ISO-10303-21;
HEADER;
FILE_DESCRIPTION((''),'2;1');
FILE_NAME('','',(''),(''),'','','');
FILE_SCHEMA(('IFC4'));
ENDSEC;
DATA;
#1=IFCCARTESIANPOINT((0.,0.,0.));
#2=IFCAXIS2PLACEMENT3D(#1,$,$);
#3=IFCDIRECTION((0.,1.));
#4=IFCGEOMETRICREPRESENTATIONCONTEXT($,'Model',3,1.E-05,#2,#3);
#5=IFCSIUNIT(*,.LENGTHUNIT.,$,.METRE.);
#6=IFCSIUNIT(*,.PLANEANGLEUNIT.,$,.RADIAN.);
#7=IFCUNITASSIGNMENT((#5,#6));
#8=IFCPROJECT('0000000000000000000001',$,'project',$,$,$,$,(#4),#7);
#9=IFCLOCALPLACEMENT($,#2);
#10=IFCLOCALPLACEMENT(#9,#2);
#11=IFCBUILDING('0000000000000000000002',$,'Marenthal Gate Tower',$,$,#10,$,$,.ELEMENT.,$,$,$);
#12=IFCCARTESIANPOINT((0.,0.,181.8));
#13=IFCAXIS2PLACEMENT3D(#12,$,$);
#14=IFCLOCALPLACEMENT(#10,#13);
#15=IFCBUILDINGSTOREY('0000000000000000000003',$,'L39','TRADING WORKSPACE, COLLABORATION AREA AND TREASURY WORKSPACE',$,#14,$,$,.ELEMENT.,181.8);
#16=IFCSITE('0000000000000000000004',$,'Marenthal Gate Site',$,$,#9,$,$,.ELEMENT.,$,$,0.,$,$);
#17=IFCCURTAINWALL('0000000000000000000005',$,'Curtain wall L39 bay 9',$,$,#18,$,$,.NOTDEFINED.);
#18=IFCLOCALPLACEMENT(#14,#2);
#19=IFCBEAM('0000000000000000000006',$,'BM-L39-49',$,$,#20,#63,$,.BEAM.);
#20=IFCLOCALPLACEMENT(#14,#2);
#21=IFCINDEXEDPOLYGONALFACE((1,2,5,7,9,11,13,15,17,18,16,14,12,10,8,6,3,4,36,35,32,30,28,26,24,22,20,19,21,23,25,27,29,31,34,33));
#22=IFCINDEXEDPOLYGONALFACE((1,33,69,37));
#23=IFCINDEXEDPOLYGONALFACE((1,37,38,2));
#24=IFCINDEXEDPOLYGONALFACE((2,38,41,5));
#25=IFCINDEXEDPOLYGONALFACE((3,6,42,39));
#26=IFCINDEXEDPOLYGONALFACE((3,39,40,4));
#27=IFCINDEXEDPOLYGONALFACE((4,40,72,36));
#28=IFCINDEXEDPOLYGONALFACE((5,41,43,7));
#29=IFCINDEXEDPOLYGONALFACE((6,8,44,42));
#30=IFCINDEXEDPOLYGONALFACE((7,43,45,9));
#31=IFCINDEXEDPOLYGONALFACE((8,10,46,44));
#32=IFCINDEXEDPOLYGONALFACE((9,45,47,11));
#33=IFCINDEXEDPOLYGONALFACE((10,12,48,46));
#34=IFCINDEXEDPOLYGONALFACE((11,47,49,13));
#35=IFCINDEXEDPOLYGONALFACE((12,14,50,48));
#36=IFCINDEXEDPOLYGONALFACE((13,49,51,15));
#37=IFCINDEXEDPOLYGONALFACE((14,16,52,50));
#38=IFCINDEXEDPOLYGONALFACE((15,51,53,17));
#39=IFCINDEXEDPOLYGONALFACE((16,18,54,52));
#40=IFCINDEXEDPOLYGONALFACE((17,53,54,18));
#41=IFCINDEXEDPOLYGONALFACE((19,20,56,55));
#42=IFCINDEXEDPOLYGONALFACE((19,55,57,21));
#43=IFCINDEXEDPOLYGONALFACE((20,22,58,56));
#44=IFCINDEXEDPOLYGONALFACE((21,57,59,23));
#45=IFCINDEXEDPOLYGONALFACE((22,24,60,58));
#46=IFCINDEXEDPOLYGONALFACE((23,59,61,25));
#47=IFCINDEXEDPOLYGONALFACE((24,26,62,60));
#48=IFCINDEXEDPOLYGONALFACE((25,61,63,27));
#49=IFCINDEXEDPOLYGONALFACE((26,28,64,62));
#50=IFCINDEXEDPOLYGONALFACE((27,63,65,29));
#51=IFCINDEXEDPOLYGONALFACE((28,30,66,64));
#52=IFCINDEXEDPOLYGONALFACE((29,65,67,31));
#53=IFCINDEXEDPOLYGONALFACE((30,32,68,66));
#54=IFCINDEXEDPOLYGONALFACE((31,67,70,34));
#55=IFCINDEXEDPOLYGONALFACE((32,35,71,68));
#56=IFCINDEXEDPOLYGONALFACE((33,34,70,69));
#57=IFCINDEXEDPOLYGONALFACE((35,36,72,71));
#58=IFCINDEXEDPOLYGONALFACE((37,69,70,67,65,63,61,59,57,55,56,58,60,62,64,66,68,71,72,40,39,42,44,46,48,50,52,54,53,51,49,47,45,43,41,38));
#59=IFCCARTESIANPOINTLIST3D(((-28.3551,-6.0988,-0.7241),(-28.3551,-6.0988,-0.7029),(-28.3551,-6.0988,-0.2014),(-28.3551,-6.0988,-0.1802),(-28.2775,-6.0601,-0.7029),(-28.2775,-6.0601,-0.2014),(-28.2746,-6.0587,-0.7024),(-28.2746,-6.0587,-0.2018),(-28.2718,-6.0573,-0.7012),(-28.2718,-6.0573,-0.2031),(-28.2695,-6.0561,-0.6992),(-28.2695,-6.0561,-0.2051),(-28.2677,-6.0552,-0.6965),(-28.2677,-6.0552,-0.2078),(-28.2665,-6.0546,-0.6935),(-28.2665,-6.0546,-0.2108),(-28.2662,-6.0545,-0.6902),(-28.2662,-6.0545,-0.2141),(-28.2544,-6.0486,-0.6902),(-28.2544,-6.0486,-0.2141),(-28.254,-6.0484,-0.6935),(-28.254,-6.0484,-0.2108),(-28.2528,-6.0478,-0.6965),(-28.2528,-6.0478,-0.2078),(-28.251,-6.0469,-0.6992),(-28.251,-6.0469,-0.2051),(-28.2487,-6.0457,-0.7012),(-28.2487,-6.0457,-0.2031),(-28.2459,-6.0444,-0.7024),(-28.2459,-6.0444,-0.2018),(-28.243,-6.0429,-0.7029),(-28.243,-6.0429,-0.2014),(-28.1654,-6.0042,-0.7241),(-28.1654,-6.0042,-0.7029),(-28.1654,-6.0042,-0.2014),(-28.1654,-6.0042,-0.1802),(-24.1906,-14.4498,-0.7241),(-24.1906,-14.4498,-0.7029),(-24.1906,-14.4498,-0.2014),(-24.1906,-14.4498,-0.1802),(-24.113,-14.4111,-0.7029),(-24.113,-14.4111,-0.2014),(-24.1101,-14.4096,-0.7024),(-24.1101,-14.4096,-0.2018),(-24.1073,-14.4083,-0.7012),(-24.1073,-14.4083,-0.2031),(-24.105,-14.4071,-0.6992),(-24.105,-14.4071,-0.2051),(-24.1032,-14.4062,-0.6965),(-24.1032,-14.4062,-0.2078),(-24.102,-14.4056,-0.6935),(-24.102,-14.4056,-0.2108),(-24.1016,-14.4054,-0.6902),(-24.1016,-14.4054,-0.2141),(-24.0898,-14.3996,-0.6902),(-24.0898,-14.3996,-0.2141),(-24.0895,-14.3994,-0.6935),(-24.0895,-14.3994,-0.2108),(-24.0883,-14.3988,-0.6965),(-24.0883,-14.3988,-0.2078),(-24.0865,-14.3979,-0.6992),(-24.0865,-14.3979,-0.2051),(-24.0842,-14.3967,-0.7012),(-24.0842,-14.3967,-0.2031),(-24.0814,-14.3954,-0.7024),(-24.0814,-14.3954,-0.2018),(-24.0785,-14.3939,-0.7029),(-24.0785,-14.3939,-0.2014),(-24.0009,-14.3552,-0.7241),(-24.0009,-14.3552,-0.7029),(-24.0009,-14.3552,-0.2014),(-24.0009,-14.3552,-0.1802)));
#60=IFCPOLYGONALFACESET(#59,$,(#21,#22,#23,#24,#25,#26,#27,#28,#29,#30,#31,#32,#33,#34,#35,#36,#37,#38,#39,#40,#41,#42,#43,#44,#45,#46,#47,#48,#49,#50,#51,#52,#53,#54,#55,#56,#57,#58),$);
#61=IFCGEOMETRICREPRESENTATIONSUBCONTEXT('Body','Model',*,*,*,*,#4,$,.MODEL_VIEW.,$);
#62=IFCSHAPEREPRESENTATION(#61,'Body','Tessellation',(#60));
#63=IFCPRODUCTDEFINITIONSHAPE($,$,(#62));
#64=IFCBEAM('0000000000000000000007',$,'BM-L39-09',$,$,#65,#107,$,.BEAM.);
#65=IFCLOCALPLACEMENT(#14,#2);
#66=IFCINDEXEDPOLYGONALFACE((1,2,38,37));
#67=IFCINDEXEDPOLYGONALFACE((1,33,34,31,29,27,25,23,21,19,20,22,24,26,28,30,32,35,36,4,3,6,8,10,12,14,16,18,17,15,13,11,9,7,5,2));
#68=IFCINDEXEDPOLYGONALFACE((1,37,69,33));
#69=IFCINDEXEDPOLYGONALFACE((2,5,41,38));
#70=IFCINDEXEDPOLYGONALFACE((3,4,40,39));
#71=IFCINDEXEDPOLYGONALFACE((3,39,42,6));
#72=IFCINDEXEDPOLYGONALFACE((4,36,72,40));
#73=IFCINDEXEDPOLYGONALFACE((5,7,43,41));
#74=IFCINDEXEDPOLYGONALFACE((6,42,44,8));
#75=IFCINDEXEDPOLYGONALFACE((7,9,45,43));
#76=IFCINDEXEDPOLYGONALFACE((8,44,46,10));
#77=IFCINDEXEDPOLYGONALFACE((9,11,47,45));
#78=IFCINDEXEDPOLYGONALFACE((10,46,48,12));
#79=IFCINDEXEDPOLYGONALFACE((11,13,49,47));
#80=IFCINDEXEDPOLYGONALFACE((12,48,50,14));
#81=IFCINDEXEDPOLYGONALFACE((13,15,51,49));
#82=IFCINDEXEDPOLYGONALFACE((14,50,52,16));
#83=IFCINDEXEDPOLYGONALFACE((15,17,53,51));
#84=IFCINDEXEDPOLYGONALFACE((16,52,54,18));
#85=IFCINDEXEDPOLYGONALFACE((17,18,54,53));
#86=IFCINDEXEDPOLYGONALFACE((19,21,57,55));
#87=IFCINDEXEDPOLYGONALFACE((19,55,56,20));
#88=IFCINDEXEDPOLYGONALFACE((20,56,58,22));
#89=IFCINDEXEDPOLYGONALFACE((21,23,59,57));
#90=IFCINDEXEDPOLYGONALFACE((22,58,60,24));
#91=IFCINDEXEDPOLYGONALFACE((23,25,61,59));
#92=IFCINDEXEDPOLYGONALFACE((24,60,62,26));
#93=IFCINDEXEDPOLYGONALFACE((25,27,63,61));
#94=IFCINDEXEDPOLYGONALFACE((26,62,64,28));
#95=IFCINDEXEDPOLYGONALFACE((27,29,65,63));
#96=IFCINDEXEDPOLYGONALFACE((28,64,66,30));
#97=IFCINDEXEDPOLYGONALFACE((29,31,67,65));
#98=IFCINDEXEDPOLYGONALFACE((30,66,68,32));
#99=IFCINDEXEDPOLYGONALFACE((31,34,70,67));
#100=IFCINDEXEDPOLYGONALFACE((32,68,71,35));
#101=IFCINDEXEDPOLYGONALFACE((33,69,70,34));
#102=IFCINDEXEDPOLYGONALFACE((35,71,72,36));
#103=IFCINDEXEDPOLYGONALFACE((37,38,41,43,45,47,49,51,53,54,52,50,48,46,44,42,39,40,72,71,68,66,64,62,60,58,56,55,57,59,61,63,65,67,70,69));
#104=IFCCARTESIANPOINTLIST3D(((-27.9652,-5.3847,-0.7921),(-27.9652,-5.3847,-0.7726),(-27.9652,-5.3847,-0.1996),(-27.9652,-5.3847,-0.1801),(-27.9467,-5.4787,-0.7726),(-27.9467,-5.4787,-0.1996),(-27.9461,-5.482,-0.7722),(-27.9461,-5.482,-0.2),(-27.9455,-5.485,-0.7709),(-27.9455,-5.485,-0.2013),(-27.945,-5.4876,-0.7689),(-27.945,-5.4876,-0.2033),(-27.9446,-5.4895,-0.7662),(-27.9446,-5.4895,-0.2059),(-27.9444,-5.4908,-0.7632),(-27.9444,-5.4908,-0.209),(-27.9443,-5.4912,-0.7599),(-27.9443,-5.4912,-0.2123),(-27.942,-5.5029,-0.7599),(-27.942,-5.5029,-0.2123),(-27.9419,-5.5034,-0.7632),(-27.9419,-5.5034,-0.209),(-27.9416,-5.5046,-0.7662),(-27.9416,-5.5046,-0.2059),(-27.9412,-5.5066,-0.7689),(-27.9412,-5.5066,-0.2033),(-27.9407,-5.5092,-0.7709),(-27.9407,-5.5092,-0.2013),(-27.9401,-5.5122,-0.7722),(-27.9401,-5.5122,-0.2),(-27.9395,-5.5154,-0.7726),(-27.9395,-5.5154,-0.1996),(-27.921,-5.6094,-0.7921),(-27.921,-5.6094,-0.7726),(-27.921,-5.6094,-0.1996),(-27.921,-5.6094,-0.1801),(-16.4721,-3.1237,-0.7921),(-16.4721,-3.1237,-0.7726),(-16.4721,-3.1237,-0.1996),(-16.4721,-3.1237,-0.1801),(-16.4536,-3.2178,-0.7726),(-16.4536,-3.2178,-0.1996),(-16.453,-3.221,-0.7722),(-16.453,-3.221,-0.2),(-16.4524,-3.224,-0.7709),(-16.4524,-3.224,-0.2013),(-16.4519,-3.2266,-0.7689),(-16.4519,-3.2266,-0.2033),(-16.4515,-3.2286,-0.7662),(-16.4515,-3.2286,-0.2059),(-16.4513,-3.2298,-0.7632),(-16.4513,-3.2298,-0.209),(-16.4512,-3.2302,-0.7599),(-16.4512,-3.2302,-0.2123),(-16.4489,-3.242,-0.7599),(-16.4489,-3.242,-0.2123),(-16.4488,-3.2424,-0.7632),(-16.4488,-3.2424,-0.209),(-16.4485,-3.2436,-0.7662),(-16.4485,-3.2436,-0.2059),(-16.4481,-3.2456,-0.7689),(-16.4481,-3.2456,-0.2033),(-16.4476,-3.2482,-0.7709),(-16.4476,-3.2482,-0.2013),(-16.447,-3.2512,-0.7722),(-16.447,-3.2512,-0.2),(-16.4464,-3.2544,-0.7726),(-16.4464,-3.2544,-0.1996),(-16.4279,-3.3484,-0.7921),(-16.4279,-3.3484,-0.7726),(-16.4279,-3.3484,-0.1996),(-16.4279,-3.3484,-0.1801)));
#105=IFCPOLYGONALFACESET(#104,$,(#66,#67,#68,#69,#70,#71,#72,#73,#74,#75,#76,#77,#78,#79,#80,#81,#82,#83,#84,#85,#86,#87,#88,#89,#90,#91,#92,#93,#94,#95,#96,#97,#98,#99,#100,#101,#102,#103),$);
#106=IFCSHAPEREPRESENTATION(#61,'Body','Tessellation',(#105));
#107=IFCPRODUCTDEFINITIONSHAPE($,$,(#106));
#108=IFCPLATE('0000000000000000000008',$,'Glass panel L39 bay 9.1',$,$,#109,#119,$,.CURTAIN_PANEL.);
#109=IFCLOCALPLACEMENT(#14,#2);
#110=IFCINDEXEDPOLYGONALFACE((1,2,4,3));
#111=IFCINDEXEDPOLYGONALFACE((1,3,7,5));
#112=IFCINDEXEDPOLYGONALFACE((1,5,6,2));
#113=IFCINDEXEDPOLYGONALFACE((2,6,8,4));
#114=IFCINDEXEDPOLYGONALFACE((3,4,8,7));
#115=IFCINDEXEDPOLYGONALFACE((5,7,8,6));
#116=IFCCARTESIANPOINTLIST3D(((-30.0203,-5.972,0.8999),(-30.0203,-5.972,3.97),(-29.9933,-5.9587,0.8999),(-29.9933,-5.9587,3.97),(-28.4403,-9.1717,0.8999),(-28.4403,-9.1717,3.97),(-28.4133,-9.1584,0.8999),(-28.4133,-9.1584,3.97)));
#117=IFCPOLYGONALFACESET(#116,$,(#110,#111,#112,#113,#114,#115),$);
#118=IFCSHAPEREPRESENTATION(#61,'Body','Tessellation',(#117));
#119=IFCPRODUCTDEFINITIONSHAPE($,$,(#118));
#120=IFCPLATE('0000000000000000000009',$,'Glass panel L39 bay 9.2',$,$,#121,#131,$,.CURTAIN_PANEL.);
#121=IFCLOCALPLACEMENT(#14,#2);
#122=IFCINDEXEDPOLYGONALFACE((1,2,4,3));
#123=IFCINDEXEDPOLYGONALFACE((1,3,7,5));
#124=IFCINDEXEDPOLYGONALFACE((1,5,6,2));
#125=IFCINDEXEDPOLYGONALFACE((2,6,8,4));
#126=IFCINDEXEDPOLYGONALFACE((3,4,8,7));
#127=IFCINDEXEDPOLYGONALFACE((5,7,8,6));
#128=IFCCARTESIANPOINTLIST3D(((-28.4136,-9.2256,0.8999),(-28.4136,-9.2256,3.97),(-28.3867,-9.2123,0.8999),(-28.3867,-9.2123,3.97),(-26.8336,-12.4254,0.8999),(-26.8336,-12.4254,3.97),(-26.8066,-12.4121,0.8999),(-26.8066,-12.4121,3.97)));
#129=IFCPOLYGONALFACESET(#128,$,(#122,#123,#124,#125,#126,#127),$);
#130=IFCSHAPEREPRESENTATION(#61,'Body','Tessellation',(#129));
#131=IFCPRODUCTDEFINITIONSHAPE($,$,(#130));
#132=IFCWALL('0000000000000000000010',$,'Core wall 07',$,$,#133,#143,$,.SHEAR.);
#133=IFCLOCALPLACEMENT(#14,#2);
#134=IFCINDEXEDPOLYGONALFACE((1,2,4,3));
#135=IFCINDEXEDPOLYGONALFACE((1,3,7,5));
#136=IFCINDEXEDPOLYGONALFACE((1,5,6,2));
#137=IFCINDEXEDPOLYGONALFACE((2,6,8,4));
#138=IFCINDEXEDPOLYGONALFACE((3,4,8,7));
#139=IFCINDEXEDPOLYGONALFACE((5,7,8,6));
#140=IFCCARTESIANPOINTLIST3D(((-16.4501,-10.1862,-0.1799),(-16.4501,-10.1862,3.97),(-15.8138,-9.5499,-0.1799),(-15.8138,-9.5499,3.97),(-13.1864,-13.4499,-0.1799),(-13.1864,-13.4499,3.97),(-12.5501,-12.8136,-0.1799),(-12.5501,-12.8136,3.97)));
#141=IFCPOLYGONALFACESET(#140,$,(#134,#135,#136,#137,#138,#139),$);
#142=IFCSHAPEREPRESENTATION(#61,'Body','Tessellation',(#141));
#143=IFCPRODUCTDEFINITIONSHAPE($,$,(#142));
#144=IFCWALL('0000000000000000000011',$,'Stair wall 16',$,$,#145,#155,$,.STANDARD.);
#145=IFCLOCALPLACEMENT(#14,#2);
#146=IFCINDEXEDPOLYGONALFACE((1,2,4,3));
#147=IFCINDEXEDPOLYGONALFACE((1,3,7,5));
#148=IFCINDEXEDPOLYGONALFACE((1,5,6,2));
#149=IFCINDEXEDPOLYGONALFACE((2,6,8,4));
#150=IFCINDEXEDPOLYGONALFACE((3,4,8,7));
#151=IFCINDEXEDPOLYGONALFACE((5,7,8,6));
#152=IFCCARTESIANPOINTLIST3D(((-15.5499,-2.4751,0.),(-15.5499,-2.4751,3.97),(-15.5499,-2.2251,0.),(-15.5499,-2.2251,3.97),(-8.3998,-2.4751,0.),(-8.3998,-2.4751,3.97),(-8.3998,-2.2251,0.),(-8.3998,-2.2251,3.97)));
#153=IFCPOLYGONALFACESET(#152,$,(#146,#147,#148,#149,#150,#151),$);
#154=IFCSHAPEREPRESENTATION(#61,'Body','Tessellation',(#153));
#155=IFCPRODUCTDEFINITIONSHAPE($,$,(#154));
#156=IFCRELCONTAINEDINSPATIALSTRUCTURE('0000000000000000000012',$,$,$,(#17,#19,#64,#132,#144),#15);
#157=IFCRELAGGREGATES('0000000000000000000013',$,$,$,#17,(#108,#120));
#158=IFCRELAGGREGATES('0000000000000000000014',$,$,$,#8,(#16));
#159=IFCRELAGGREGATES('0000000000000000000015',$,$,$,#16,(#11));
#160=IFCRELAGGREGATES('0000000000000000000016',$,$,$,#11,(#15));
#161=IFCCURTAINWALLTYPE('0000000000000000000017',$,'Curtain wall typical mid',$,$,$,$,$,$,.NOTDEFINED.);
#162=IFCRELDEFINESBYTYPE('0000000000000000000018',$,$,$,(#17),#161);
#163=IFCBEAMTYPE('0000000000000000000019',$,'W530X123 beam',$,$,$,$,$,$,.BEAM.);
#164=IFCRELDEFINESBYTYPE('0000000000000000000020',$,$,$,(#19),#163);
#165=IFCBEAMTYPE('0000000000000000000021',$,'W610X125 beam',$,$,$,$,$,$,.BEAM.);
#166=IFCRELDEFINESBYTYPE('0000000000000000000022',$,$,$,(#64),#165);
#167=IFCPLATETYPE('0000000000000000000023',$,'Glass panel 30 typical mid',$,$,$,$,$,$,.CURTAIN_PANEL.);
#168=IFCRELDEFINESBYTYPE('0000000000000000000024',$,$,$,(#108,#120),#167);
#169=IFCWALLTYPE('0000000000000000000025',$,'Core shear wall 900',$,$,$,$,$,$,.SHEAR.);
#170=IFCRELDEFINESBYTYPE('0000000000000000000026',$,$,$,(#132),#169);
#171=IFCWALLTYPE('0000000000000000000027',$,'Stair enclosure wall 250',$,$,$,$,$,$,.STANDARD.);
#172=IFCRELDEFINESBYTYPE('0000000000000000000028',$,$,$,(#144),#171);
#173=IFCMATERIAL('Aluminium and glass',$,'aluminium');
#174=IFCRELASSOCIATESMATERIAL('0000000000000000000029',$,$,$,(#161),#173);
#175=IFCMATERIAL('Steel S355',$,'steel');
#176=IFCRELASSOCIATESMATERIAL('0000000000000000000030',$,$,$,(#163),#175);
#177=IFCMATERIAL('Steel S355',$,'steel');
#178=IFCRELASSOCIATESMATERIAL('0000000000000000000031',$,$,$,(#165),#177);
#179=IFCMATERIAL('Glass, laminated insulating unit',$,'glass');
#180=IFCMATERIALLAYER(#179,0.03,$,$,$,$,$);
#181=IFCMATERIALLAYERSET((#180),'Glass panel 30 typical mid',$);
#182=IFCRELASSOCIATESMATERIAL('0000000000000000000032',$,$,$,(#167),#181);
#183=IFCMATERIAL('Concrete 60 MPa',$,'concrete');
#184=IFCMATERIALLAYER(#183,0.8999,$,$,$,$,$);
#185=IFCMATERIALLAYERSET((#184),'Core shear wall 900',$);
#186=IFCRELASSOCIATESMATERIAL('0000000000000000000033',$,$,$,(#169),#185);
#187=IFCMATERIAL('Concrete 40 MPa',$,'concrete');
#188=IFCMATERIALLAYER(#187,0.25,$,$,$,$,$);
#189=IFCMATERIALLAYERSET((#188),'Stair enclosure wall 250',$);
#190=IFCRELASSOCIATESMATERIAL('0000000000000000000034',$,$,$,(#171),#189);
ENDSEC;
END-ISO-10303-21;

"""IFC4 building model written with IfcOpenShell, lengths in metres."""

from ifc_helpers import new_model, si_unit, direction, frame, frame_2d, origin, origin_2d, place, context, subcontext, project, spatial, rectangle, i_section, extrude, material, layer, layer_set, material_profile, profile_set, type_object, element, aggregate, save


model = new_model("IFC4")

# Units and contexts
model_context = context("Model", 3, precision=1e-05, world=origin(), true_north=direction((0.0, 1.0)))
body_context = subcontext(model_context, "Body", "Model", "MODEL_VIEW")
ifc_project = project(units=[si_unit("LENGTHUNIT", "METRE"), si_unit("PLANEANGLEUNIT", "RADIAN")], contexts=[model_context])

# Site, building, storey
site_placement = place(None, origin())
site = spatial("IfcSite", under=ifc_project, at=site_placement, Name="Marenthal Gate Site", CompositionType="ELEMENT", RefElevation=0.0)
building_placement = place(site_placement, origin())
building = spatial("IfcBuilding", under=site, at=building_placement, Name="Marenthal Gate Tower", CompositionType="ELEMENT")
storey_placement = place(building_placement, frame((0.0, 0.0, 181.8)))
storey = spatial("IfcBuildingStorey", under=building, at=storey_placement, Name="L39", Description="TRADING WORKSPACE, COLLABORATION AREA AND TREASURY WORKSPACE", CompositionType="ELEMENT", Elevation=181.8)

# Curtain wall
ifc_material_1 = material(Name="Aluminium and glass", Category="aluminium")
curtain_wall_type = type_object("IfcCurtainWallType", Name="Curtain wall typical mid", PredefinedType="NOTDEFINED", material=ifc_material_1)
curtain_wall_placement = place(storey_placement, origin())
curtain_wall = element("IfcCurtainWall", 1, at=curtain_wall_placement, inside=storey, type_object=curtain_wall_type, Name="Curtain wall L39 bay 9", PredefinedType="NOTDEFINED")

# Beams
ifc_material_2 = material(Name="Steel S355", Category="steel")
ifc_material_profile_1 = material_profile(ifc_material_2, i_section(OverallWidth=0.2119, OverallDepth=0.5439, WebThickness=0.0132, FlangeThickness=0.0212, FilletRadius=0.0127, at=origin_2d()), Name="W530X123")
ifc_profile_set_1 = profile_set([ifc_material_profile_1], Name="Steel S355")
beam_type_1 = type_object("IfcBeamType", Name="W530X123 beam", PredefinedType="BEAM", material=ifc_profile_set_1)
beam_1_placement = place(storey_placement, frame((-28.2603, -6.0515, -0.4521), z_axis=(0.446272, -0.894898, 0.0), x_axis=(0.894898, 0.446272, 0.0)))
element("IfcBeam", 2, at=beam_1_placement, inside=storey, type_object=beam_type_1, Name="BM-L39-49", PredefinedType="BEAM", context=body_context, shape_type="SweptSolid", body=[
    extrude(i_section(OverallWidth=0.2119, OverallDepth=0.5439, WebThickness=0.0132, FlangeThickness=0.0212, FilletRadius=0.0127, at=origin_2d()), origin(), (0.0, 0.0, 1.0), 9.3318),
])
ifc_material_3 = material(Name="Steel S355", Category="steel")
ifc_material_profile_2 = material_profile(ifc_material_3, i_section(OverallWidth=0.229, OverallDepth=0.6121, WebThickness=0.012, FlangeThickness=0.0195, FilletRadius=0.0127, at=origin_2d()), Name="W610X125")
ifc_profile_set_2 = profile_set([ifc_material_profile_2], Name="Steel S355")
beam_type_2 = type_object("IfcBeamType", Name="W610X125 beam", PredefinedType="BEAM", material=ifc_profile_set_2)
beam_2_placement = place(storey_placement, frame((-27.9431, -5.4971, -0.4861), z_axis=(0.981194, 0.193025, 0.0), x_axis=(-0.193025, 0.981194, 0.0)))
element("IfcBeam", 3, at=beam_2_placement, inside=storey, type_object=beam_type_2, Name="BM-L39-09", PredefinedType="BEAM", context=body_context, shape_type="SweptSolid", body=[
    extrude(i_section(OverallWidth=0.229, OverallDepth=0.6121, WebThickness=0.012, FlangeThickness=0.0195, FilletRadius=0.0127, at=origin_2d()), origin(), (0.0, 0.0, 1.0), 11.7134),
])

# Plates
ifc_material_4 = material(Name="Glass, laminated insulating unit", Category="glass")
ifc_layer_1 = layer(ifc_material_4, 0.03)
ifc_layer_set_1 = layer_set([ifc_layer_1], Name="Glass panel 30 typical mid")
plate_type = type_object("IfcPlateType", Name="Glass panel 30 typical mid", PredefinedType="CURTAIN_PANEL", material=ifc_layer_set_1)
plate_1_placement = place(storey_placement, frame((-29.2168, -7.5652, 0.8999), z_axis=(0.0, 0.0, 1.0), x_axis=(0.442753, -0.896643, 0.0)))
plate_1 = element("IfcPlate", 4, at=plate_1_placement, type_object=plate_type, Name="Glass panel L39 bay 9.1", PredefinedType="CURTAIN_PANEL", context=body_context, shape_type="SweptSolid", body=[
    extrude(rectangle(XDim=3.5686, YDim=0.03, at=origin_2d()), origin(), (0.0, 0.0, 1.0), 3.0701),
])
plate_2_placement = place(storey_placement, frame((-27.6101, -10.8188, 0.8999), z_axis=(0.0, 0.0, 1.0), x_axis=(0.442753, -0.896643, 0.0)))
plate_2 = element("IfcPlate", 5, at=plate_2_placement, type_object=plate_type, Name="Glass panel L39 bay 9.2", PredefinedType="CURTAIN_PANEL", context=body_context, shape_type="SweptSolid", body=[
    extrude(rectangle(XDim=3.5686, YDim=0.03, at=origin_2d()), origin(), (0.0, 0.0, 1.0), 3.0701),
])
aggregate(curtain_wall, [plate_1, plate_2])

# Walls
ifc_material_5 = material(Name="Concrete 60 MPa", Category="concrete")
ifc_layer_2 = layer(ifc_material_5, 0.8999)
ifc_layer_set_2 = layer_set([ifc_layer_2], Name="Core shear wall 900")
wall_type_1 = type_object("IfcWallType", Name="Core shear wall 900", PredefinedType="SHEAR", material=ifc_layer_set_2)
wall_1_placement = place(storey_placement, frame((-16.1318, -9.8682, -0.1799), z_axis=(0.0, 0.0, 1.0), x_axis=(0.707107, -0.707107, 0.0)))
element("IfcWall", 6, at=wall_1_placement, inside=storey, type_object=wall_type_1, Name="Core wall 07", PredefinedType="SHEAR", context=body_context, shape_type="SweptSolid", body=[
    extrude(rectangle(XDim=4.6155, YDim=0.8999, at=frame_2d((2.3076, 0.0))), origin(), (0.0, 0.0, 1.0), 4.1499),
])
ifc_material_6 = material(Name="Concrete 40 MPa", Category="concrete")
ifc_layer_3 = layer(ifc_material_6, 0.25)
ifc_layer_set_3 = layer_set([ifc_layer_3], Name="Stair enclosure wall 250")
wall_type_2 = type_object("IfcWallType", Name="Stair enclosure wall 250", PredefinedType="STANDARD", material=ifc_layer_set_3)
wall_2_placement = place(storey_placement, frame((-15.55, -2.3501, 0.0), z_axis=(0.0, 0.0, 1.0), x_axis=(1.0, 0.0, 0.0)))
element("IfcWall", 7, at=wall_2_placement, inside=storey, type_object=wall_type_2, Name="Stair wall 16", PredefinedType="STANDARD", context=body_context, shape_type="SweptSolid", body=[
    extrude(rectangle(XDim=7.1501, YDim=0.25, at=frame_2d((3.5752, 0.0))), origin(), (0.0, 0.0, 1.0), 3.97),
])

save(model, "model.ifc")
